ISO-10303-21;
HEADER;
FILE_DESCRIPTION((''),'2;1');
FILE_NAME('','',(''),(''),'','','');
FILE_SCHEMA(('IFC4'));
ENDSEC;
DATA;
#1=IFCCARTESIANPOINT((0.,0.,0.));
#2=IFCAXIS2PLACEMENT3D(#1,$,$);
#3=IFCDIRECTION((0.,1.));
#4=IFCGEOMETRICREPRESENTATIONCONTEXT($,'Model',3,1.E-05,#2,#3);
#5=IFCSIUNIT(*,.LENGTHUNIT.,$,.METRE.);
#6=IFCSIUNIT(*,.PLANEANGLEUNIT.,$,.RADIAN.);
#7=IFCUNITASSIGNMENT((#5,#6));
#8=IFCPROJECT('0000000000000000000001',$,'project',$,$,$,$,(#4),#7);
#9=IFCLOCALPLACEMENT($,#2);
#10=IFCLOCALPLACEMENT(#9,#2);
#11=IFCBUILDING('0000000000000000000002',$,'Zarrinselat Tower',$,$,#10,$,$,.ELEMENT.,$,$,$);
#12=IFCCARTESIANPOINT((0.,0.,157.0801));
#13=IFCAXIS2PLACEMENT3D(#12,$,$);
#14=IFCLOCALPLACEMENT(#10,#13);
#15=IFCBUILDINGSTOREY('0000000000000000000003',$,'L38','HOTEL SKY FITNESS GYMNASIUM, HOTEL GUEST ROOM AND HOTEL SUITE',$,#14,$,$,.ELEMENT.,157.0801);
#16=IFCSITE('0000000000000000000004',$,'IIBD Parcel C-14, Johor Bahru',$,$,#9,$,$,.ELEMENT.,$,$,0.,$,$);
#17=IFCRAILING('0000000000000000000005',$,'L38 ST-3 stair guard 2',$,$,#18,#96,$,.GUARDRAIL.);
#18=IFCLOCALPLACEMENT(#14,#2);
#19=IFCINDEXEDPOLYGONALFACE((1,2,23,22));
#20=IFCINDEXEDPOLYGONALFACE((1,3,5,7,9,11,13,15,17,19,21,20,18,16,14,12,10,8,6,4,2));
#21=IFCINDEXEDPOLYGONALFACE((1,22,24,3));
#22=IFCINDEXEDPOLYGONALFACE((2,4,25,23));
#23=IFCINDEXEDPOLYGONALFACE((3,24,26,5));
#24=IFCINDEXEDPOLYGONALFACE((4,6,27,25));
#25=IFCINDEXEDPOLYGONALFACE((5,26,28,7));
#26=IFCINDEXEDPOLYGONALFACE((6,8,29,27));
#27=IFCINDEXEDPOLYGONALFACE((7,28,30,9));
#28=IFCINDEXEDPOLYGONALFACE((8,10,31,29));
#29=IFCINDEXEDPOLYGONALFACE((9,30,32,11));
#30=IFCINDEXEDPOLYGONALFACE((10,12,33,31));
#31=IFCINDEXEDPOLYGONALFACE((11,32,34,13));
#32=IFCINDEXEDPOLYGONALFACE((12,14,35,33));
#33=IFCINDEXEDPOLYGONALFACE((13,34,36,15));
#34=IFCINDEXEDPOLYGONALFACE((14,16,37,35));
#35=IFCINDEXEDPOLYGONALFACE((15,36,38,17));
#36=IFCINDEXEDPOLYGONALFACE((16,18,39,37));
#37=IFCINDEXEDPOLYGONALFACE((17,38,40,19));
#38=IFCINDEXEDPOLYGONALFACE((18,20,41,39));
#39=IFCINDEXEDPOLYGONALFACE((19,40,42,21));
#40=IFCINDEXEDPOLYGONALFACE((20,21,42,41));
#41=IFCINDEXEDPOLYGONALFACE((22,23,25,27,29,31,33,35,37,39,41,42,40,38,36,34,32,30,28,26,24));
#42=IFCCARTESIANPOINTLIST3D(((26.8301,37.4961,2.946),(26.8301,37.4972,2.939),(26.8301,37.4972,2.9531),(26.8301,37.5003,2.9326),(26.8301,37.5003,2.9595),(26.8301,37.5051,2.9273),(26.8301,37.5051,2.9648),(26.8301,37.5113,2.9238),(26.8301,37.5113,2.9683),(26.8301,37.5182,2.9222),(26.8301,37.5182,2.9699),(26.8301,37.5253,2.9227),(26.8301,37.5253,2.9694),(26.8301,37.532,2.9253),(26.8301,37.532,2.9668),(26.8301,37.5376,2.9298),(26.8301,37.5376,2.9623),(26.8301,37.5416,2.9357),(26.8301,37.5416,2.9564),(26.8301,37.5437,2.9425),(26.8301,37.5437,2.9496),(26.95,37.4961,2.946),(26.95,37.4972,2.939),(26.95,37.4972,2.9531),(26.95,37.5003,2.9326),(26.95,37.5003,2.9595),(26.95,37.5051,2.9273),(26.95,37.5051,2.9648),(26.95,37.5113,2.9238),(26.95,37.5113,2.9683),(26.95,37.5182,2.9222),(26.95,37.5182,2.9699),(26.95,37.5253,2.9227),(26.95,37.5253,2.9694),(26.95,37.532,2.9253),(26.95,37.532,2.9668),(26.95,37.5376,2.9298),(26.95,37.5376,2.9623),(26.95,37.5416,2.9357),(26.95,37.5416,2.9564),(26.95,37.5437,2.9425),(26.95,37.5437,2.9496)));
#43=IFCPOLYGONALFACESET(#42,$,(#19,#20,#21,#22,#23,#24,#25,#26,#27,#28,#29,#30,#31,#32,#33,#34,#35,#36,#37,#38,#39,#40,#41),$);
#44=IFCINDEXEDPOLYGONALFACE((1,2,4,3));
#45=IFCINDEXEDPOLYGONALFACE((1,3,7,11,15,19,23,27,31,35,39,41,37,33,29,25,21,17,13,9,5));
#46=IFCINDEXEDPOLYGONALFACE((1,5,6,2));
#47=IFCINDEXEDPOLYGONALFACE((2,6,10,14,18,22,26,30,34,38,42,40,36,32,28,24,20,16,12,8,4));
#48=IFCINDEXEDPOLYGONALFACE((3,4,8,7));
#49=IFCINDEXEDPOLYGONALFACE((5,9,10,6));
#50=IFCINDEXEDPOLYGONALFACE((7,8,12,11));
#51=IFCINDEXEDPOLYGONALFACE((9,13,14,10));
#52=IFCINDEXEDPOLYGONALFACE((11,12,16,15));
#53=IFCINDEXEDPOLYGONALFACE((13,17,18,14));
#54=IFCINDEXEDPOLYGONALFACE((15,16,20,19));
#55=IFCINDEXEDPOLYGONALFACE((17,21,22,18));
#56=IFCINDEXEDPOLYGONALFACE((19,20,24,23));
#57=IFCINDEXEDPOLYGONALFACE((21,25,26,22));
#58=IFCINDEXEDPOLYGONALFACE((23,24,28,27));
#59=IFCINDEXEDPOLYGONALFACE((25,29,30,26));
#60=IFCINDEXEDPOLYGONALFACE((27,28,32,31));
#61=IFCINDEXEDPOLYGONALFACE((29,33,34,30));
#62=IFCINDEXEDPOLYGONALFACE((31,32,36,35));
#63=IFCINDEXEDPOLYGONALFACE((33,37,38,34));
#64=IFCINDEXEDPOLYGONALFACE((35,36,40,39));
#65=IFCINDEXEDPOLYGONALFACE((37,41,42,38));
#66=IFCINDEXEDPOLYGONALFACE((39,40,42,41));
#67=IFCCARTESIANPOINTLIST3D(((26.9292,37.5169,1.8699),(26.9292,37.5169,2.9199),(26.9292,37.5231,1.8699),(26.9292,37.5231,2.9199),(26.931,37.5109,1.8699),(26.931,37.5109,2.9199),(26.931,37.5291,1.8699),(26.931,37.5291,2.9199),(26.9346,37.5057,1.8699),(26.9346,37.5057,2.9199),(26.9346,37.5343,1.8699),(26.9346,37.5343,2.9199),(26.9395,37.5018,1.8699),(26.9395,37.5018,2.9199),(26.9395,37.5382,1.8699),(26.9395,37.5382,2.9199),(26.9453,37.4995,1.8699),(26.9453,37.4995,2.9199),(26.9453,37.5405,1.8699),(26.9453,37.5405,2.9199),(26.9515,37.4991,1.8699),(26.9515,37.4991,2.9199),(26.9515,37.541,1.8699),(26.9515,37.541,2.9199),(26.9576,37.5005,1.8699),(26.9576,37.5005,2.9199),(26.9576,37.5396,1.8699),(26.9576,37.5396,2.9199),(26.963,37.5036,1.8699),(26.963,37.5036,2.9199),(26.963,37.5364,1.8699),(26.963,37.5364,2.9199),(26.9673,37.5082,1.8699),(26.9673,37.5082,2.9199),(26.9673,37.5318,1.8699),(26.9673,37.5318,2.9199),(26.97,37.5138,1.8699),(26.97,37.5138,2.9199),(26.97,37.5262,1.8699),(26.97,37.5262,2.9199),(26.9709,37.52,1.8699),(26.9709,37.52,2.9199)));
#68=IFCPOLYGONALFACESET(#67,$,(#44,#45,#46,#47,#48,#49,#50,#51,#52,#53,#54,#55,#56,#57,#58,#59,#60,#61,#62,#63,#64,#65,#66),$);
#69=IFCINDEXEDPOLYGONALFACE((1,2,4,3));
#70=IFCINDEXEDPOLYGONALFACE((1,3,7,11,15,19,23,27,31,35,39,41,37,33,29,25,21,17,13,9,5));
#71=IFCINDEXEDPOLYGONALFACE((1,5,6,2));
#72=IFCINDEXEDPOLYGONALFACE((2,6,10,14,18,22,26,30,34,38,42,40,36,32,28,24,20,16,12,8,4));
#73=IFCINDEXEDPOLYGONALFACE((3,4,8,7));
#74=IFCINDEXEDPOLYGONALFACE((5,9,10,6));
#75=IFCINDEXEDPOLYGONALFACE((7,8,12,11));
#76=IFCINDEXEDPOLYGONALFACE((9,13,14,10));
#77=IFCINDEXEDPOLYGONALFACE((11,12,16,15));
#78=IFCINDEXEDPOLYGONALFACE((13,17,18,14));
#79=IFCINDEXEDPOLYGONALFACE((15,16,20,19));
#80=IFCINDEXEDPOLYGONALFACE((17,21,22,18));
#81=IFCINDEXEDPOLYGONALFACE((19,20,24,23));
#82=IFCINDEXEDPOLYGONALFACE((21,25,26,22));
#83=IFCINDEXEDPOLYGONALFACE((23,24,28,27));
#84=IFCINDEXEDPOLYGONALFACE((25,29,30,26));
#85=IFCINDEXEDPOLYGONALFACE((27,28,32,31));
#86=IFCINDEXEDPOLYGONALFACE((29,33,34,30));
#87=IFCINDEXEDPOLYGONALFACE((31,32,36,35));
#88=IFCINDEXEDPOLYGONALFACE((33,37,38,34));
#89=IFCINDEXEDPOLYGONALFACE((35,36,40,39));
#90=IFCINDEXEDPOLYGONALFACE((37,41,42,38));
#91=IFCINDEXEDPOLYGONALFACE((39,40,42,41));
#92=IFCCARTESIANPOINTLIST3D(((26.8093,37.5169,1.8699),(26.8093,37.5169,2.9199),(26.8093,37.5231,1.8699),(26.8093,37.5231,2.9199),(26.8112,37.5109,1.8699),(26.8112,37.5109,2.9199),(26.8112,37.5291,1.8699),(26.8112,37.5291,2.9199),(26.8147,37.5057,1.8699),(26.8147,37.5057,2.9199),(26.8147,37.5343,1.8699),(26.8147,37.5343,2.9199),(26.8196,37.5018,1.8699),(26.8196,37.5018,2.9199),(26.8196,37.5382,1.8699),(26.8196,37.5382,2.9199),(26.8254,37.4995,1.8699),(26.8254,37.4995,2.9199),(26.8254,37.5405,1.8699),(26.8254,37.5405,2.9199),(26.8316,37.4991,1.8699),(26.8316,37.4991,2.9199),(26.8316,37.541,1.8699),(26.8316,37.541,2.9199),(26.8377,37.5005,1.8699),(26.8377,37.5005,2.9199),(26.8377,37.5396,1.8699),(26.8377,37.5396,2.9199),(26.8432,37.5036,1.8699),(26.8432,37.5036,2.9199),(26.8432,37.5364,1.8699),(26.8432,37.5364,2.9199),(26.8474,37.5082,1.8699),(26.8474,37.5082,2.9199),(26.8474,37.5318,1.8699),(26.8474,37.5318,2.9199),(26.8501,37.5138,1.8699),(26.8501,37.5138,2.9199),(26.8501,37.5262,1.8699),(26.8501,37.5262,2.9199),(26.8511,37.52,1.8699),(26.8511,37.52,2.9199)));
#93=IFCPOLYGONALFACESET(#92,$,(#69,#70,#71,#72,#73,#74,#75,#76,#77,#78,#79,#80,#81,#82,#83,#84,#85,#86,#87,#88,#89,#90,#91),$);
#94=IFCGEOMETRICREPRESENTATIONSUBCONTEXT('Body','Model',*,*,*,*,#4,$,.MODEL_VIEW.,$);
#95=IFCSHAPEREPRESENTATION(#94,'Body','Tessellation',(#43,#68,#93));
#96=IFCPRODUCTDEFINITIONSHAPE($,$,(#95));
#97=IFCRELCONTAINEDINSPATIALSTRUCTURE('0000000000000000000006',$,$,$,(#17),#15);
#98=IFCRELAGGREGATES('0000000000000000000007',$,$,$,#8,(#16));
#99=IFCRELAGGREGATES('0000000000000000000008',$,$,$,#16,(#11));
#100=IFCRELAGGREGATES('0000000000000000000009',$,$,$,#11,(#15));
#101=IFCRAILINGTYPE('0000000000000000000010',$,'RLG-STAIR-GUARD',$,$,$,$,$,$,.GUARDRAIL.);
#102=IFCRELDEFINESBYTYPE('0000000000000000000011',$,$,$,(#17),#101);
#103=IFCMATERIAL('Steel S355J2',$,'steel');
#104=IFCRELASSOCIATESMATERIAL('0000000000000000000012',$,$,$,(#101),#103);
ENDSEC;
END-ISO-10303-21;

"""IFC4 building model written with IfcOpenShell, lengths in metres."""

from ifc_helpers import new_model, si_unit, direction, frame, origin, origin_2d, place, context, subcontext, project, spatial, circle, extrude, material, type_object, element, save


model = new_model("IFC4")

# Units and contexts
model_context = context("Model", 3, precision=1e-05, world=origin(), true_north=direction((0.0, 1.0)))
body_context = subcontext(model_context, "Body", "Model", "MODEL_VIEW")
ifc_project = project(units=[si_unit("LENGTHUNIT", "METRE"), si_unit("PLANEANGLEUNIT", "RADIAN")], contexts=[model_context])

# Site, building, storey
site_placement = place(None, origin())
site = spatial("IfcSite", under=ifc_project, at=site_placement, Name="IIBD Parcel C-14, Johor Bahru", CompositionType="ELEMENT", RefElevation=0.0)
building_placement = place(site_placement, origin())
building = spatial("IfcBuilding", under=site, at=building_placement, Name="Zarrinselat Tower", CompositionType="ELEMENT")
storey_placement = place(building_placement, frame((0.0, 0.0, 157.0801)))
storey = spatial("IfcBuildingStorey", under=building, at=storey_placement, Name="L38", Description="HOTEL SKY FITNESS GYMNASIUM, HOTEL GUEST ROOM AND HOTEL SUITE", CompositionType="ELEMENT", Elevation=157.0801)

# Railing
ifc_material_1 = material(Name="Steel S355J2", Category="steel")
railing_type_1 = type_object("IfcRailingType", Name="RLG-STAIR-GUARD", PredefinedType="GUARDRAIL", material=ifc_material_1)
railing_1_placement = place(storey_placement, frame((26.95, 37.52, 1.8699)))
element("IfcRailing", 1, at=railing_1_placement, inside=storey, type_object=railing_type_1, Name="L38 ST-3 stair guard 2", PredefinedType="GUARDRAIL", context=body_context, shape_type="SweptSolid", body=[
    extrude(circle(Radius=0.0239, at=origin_2d()), frame((0.0, 0.0, 1.0762), z_axis=(-1.0, 0.0, 0.0), x_axis=(0.0, -1.0, 0.0)), (0.0, 0.0, 1.0), 0.1199),
    extrude(circle(Radius=0.021, at=origin_2d()), origin(), (0.0, 0.0, 1.0), 1.05),
    extrude(circle(Radius=0.021, at=origin_2d()), frame((-0.1199, 0.0, 0.0)), (0.0, 0.0, 1.0), 1.05),
])

save(model, "model.ifc")
